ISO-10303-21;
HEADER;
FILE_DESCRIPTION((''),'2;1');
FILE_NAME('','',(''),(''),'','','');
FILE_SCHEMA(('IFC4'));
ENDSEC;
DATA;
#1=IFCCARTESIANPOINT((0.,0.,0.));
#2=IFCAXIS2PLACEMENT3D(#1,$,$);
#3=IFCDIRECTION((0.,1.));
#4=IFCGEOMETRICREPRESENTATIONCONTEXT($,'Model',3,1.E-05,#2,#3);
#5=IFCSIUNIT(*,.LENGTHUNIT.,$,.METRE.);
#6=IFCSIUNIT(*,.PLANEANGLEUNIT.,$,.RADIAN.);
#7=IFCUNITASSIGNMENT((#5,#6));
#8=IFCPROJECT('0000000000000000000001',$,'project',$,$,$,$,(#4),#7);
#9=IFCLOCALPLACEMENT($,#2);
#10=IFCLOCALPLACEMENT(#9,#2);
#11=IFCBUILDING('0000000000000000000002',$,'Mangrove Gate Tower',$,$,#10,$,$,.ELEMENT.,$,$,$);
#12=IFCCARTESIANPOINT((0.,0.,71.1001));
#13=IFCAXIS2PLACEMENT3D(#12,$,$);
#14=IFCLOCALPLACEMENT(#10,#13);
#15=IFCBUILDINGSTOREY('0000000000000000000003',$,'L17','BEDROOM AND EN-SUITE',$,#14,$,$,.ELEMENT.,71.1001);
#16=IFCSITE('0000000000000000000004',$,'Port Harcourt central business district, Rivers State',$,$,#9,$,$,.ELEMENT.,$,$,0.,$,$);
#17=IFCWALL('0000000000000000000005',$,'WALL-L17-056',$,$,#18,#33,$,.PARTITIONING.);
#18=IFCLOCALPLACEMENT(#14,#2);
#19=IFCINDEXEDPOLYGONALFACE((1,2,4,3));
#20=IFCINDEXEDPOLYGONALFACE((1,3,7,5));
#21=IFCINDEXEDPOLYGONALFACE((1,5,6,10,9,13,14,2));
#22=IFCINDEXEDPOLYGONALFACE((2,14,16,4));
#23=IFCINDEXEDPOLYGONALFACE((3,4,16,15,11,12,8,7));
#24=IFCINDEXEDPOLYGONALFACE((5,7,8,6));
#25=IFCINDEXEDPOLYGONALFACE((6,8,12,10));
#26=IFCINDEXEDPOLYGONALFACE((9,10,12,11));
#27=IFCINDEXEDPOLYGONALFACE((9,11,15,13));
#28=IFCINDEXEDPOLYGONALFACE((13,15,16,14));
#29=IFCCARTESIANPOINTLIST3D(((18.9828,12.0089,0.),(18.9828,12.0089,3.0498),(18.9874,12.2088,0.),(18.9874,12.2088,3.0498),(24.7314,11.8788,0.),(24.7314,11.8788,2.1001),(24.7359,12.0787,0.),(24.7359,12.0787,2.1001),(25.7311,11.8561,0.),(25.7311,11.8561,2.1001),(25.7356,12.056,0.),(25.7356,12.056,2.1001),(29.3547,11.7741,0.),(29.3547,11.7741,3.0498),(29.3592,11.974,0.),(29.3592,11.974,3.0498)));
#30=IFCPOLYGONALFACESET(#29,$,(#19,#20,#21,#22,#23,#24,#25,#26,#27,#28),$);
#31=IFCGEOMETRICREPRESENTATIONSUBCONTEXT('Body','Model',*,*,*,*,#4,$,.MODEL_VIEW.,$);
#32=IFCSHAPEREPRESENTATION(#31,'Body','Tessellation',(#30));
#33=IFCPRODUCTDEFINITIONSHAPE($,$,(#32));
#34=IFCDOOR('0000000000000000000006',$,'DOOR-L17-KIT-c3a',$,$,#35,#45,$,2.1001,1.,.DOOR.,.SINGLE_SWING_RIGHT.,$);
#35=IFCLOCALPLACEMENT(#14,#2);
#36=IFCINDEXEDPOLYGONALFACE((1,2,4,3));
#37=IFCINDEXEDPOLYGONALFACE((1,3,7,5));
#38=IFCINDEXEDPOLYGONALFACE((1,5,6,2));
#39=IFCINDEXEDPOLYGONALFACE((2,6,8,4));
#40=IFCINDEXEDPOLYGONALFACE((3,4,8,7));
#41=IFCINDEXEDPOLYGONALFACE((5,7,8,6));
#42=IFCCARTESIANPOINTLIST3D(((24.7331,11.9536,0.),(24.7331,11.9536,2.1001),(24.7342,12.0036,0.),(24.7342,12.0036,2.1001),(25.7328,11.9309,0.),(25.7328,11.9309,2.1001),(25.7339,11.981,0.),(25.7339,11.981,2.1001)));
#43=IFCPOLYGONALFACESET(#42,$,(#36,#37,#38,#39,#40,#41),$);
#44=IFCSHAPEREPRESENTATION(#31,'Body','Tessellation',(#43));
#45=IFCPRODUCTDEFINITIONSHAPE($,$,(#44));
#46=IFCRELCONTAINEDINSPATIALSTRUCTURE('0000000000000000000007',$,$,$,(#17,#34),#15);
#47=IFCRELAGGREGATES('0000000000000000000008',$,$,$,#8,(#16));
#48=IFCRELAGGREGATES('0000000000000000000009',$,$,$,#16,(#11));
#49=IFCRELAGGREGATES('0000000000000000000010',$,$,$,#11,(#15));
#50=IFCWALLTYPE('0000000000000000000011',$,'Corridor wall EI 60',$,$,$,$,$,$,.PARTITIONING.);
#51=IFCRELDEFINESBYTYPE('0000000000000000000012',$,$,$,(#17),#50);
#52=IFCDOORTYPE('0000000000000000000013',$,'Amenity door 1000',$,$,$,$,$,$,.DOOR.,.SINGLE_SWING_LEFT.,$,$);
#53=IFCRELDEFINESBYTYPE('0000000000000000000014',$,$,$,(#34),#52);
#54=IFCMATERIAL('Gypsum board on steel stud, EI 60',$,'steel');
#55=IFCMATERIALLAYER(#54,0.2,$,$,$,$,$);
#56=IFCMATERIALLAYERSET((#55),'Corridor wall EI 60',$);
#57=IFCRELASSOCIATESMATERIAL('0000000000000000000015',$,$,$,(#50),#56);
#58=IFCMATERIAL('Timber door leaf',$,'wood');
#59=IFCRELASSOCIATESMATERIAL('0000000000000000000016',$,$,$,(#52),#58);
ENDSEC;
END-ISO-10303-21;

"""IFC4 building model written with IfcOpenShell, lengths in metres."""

from ifc_helpers import new_model, si_unit, direction, frame, frame_2d, origin, place, context, subcontext, project, spatial, rectangle, extrude, material, layer, layer_set, type_object, element, fill, save


model = new_model("IFC4")

# Units and contexts
model_context = context("Model", 3, precision=1e-05, world=origin(), true_north=direction((0.0, 1.0)))
body_context = subcontext(model_context, "Body", "Model", "MODEL_VIEW")
ifc_project = project(units=[si_unit("LENGTHUNIT", "METRE"), si_unit("PLANEANGLEUNIT", "RADIAN")], contexts=[model_context])

# Site, building, storey
site_placement = place(None, origin())
site = spatial("IfcSite", under=ifc_project, at=site_placement, Name="Port Harcourt central business district, Rivers State", CompositionType="ELEMENT", RefElevation=0.0)
building_placement = place(site_placement, origin())
building = spatial("IfcBuilding", under=site, at=building_placement, Name="Mangrove Gate Tower", CompositionType="ELEMENT")
storey_placement = place(building_placement, frame((0.0, 0.0, 71.1001)))
storey = spatial("IfcBuildingStorey", under=building, at=storey_placement, Name="L17", Description="BEDROOM AND EN-SUITE", CompositionType="ELEMENT", Elevation=71.1001)

# Shared definitions
ifc_material_1 = material(Name="Gypsum board on steel stud, EI 60", Category="steel")
ifc_layer_1 = layer(ifc_material_1, 0.2)
ifc_layer_set_1 = layer_set([ifc_layer_1], Name="Corridor wall EI 60")
wall_type_1 = type_object("IfcWallType", Name="Corridor wall EI 60", PredefinedType="PARTITIONING", material=ifc_layer_set_1)

# Wall, opening, door
wall_1_placement = place(storey_placement, frame((18.9851, 12.1089, 0.0), z_axis=(0.0, 0.0, 1.0), x_axis=(0.999744, -0.022639, 0.0)))
wall_1 = element("IfcWall", 1, at=wall_1_placement, inside=storey, type_object=wall_type_1, Name="WALL-L17-056", PredefinedType="PARTITIONING", context=body_context, shape_type="SweptSolid", body=[
    extrude(rectangle(XDim=10.3745, YDim=0.2, at=frame_2d((5.1873, 0.0))), origin(), (0.0, 0.0, 1.0), 3.0498),
])
opening_1_placement = place(wall_1_placement, frame((5.75, 0.0, 0.0)))
opening_1 = element("IfcOpeningElement", 2, at=opening_1_placement, cuts=wall_1, PredefinedType="OPENING", context=body_context, shape_type="SweptSolid", body=[
    extrude(rectangle(XDim=1.0, YDim=2.1001, at=frame_2d((0.5, 1.05))), frame((0.0, 0.1099, 0.0), z_axis=(0.0, -1.0, 0.0), x_axis=(1.0, 0.0, 0.0)), (0.0, 0.0, 1.0), 0.22),
])
ifc_material_2 = material(Name="Timber door leaf", Category="wood")
door_type_1 = type_object("IfcDoorType", Name="Amenity door 1000", OperationType="SINGLE_SWING_LEFT", PredefinedType="DOOR", material=ifc_material_2)
door_1_placement = place(opening_1_placement, origin())
door_1 = element("IfcDoor", 3, at=door_1_placement, inside=storey, type_object=door_type_1, Name="DOOR-L17-KIT-c3a", OperationType="SINGLE_SWING_RIGHT", OverallHeight=2.1001, OverallWidth=1.0, PredefinedType="DOOR", context=body_context, shape_type="SweptSolid", body=[
    extrude(rectangle(XDim=1.0, YDim=2.1001, at=frame_2d((0.5, 1.05))), frame((0.0, 0.0249, 0.0), z_axis=(0.0, -1.0, 0.0), x_axis=(1.0, 0.0, 0.0)), (0.0, 0.0, 1.0), 0.05),
])
fill(opening_1, door_1)

save(model, "model.ifc")
